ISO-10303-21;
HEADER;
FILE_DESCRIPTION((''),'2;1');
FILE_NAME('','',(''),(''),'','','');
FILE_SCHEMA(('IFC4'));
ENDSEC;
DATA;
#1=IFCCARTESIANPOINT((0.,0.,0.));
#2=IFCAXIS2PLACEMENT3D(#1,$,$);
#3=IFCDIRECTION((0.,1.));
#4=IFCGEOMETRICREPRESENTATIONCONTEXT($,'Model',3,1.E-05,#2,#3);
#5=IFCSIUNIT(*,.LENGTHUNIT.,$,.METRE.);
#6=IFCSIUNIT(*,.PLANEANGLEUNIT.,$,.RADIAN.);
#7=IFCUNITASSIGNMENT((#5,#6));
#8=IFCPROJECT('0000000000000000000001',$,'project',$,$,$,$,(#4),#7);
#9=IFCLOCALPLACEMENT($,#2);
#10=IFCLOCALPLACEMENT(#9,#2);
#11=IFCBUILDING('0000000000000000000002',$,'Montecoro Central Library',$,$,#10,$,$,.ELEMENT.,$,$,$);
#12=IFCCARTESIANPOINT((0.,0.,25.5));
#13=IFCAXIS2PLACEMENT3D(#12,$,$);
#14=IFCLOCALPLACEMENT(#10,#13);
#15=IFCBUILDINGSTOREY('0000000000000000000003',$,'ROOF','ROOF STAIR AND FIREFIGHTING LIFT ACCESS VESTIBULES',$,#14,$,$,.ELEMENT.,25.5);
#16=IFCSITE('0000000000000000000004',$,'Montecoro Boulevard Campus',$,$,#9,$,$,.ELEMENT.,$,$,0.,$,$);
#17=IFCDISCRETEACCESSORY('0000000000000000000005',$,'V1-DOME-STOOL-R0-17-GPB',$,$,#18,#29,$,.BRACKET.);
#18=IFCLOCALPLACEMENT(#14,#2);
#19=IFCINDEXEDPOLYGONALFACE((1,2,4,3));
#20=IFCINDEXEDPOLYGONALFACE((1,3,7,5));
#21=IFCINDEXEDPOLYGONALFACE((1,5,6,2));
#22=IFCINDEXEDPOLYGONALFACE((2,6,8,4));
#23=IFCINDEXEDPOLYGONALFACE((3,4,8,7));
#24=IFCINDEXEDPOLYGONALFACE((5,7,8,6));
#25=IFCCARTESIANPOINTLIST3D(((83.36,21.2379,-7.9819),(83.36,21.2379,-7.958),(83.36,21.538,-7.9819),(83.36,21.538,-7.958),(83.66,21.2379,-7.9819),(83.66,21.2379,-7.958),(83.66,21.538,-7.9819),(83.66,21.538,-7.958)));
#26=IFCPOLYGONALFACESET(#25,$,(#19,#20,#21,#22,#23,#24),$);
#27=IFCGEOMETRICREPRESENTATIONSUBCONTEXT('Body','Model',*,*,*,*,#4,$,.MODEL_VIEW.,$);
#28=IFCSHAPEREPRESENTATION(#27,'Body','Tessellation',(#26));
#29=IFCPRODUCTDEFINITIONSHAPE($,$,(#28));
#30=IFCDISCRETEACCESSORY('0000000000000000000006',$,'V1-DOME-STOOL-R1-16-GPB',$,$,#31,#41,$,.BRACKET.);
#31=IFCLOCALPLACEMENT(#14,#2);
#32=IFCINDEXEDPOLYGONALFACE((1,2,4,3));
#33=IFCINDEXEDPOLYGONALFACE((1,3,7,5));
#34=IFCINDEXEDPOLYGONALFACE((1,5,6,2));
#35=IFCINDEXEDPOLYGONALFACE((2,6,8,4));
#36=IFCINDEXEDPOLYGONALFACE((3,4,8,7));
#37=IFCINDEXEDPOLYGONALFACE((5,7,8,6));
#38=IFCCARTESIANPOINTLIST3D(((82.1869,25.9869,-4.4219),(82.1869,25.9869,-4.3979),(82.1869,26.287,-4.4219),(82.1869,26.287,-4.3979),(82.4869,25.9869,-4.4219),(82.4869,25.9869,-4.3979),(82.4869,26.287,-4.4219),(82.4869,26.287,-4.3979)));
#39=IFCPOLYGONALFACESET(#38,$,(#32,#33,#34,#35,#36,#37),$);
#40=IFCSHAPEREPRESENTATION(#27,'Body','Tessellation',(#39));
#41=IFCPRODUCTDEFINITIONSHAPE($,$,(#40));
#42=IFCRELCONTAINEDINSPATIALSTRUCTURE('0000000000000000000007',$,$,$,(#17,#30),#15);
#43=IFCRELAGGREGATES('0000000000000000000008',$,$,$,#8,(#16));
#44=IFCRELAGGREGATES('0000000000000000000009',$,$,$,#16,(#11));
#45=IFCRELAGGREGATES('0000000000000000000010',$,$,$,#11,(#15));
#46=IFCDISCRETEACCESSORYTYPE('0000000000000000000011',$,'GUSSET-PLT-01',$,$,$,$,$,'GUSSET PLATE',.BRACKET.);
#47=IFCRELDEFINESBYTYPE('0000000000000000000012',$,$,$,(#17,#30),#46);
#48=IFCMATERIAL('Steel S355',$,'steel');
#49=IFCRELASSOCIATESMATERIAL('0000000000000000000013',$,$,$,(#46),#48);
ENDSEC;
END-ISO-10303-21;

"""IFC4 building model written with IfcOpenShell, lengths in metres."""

from ifc_helpers import new_model, si_unit, direction, frame, origin, origin_2d, place, context, subcontext, project, spatial, rectangle, extrude, material, type_object, element, save


model = new_model("IFC4")

# Units and contexts
model_context = context("Model", 3, precision=1e-05, world=origin(), true_north=direction((0.0, 1.0)))
body_context = subcontext(model_context, "Body", "Model", "MODEL_VIEW")
ifc_project = project(units=[si_unit("LENGTHUNIT", "METRE"), si_unit("PLANEANGLEUNIT", "RADIAN")], contexts=[model_context])

# Site, building, storey
site_placement = place(None, origin())
site = spatial("IfcSite", under=ifc_project, at=site_placement, Name="Montecoro Boulevard Campus", CompositionType="ELEMENT", RefElevation=0.0)
building_placement = place(site_placement, origin())
building = spatial("IfcBuilding", under=site, at=building_placement, Name="Montecoro Central Library", CompositionType="ELEMENT")
storey_placement = place(building_placement, frame((0.0, 0.0, 25.5)))
storey = spatial("IfcBuildingStorey", under=building, at=storey_placement, Name="ROOF", Description="ROOF STAIR AND FIREFIGHTING LIFT ACCESS VESTIBULES", CompositionType="ELEMENT", Elevation=25.5)

# Shared definitions
ifc_material_1 = material(Name="Steel S355", Category="steel")

# Discrete accessories
discrete_accessory_type = type_object("IfcDiscreteAccessoryType", Name="GUSSET-PLT-01", ElementType="GUSSET PLATE", PredefinedType="BRACKET", material=ifc_material_1)
for number, where, z_axis, x_axis, name in (
    (1, (83.51, 21.3879, -7.9819), (0.0, 0.0, 1.0), (1.0, 0.0, 0.0), "V1-DOME-STOOL-R0-17-GPB"),
    (2, (82.3369, 26.137, -4.4219), (0.0, 0.0, 1.0), (1.0, 0.0, 0.0), "V1-DOME-STOOL-R1-16-GPB"),
):
    element("IfcDiscreteAccessory", number, at=place(storey_placement, frame(where, z_axis=z_axis, x_axis=x_axis)), inside=storey, type_object=discrete_accessory_type, Name=name, PredefinedType="BRACKET", context=body_context, shape_type="SweptSolid", body=[
        extrude(rectangle(XDim=0.3, YDim=0.3, at=origin_2d()), origin(), (0.0, 0.0, 1.0), 0.0239),
    ])

save(model, "model.ifc")
